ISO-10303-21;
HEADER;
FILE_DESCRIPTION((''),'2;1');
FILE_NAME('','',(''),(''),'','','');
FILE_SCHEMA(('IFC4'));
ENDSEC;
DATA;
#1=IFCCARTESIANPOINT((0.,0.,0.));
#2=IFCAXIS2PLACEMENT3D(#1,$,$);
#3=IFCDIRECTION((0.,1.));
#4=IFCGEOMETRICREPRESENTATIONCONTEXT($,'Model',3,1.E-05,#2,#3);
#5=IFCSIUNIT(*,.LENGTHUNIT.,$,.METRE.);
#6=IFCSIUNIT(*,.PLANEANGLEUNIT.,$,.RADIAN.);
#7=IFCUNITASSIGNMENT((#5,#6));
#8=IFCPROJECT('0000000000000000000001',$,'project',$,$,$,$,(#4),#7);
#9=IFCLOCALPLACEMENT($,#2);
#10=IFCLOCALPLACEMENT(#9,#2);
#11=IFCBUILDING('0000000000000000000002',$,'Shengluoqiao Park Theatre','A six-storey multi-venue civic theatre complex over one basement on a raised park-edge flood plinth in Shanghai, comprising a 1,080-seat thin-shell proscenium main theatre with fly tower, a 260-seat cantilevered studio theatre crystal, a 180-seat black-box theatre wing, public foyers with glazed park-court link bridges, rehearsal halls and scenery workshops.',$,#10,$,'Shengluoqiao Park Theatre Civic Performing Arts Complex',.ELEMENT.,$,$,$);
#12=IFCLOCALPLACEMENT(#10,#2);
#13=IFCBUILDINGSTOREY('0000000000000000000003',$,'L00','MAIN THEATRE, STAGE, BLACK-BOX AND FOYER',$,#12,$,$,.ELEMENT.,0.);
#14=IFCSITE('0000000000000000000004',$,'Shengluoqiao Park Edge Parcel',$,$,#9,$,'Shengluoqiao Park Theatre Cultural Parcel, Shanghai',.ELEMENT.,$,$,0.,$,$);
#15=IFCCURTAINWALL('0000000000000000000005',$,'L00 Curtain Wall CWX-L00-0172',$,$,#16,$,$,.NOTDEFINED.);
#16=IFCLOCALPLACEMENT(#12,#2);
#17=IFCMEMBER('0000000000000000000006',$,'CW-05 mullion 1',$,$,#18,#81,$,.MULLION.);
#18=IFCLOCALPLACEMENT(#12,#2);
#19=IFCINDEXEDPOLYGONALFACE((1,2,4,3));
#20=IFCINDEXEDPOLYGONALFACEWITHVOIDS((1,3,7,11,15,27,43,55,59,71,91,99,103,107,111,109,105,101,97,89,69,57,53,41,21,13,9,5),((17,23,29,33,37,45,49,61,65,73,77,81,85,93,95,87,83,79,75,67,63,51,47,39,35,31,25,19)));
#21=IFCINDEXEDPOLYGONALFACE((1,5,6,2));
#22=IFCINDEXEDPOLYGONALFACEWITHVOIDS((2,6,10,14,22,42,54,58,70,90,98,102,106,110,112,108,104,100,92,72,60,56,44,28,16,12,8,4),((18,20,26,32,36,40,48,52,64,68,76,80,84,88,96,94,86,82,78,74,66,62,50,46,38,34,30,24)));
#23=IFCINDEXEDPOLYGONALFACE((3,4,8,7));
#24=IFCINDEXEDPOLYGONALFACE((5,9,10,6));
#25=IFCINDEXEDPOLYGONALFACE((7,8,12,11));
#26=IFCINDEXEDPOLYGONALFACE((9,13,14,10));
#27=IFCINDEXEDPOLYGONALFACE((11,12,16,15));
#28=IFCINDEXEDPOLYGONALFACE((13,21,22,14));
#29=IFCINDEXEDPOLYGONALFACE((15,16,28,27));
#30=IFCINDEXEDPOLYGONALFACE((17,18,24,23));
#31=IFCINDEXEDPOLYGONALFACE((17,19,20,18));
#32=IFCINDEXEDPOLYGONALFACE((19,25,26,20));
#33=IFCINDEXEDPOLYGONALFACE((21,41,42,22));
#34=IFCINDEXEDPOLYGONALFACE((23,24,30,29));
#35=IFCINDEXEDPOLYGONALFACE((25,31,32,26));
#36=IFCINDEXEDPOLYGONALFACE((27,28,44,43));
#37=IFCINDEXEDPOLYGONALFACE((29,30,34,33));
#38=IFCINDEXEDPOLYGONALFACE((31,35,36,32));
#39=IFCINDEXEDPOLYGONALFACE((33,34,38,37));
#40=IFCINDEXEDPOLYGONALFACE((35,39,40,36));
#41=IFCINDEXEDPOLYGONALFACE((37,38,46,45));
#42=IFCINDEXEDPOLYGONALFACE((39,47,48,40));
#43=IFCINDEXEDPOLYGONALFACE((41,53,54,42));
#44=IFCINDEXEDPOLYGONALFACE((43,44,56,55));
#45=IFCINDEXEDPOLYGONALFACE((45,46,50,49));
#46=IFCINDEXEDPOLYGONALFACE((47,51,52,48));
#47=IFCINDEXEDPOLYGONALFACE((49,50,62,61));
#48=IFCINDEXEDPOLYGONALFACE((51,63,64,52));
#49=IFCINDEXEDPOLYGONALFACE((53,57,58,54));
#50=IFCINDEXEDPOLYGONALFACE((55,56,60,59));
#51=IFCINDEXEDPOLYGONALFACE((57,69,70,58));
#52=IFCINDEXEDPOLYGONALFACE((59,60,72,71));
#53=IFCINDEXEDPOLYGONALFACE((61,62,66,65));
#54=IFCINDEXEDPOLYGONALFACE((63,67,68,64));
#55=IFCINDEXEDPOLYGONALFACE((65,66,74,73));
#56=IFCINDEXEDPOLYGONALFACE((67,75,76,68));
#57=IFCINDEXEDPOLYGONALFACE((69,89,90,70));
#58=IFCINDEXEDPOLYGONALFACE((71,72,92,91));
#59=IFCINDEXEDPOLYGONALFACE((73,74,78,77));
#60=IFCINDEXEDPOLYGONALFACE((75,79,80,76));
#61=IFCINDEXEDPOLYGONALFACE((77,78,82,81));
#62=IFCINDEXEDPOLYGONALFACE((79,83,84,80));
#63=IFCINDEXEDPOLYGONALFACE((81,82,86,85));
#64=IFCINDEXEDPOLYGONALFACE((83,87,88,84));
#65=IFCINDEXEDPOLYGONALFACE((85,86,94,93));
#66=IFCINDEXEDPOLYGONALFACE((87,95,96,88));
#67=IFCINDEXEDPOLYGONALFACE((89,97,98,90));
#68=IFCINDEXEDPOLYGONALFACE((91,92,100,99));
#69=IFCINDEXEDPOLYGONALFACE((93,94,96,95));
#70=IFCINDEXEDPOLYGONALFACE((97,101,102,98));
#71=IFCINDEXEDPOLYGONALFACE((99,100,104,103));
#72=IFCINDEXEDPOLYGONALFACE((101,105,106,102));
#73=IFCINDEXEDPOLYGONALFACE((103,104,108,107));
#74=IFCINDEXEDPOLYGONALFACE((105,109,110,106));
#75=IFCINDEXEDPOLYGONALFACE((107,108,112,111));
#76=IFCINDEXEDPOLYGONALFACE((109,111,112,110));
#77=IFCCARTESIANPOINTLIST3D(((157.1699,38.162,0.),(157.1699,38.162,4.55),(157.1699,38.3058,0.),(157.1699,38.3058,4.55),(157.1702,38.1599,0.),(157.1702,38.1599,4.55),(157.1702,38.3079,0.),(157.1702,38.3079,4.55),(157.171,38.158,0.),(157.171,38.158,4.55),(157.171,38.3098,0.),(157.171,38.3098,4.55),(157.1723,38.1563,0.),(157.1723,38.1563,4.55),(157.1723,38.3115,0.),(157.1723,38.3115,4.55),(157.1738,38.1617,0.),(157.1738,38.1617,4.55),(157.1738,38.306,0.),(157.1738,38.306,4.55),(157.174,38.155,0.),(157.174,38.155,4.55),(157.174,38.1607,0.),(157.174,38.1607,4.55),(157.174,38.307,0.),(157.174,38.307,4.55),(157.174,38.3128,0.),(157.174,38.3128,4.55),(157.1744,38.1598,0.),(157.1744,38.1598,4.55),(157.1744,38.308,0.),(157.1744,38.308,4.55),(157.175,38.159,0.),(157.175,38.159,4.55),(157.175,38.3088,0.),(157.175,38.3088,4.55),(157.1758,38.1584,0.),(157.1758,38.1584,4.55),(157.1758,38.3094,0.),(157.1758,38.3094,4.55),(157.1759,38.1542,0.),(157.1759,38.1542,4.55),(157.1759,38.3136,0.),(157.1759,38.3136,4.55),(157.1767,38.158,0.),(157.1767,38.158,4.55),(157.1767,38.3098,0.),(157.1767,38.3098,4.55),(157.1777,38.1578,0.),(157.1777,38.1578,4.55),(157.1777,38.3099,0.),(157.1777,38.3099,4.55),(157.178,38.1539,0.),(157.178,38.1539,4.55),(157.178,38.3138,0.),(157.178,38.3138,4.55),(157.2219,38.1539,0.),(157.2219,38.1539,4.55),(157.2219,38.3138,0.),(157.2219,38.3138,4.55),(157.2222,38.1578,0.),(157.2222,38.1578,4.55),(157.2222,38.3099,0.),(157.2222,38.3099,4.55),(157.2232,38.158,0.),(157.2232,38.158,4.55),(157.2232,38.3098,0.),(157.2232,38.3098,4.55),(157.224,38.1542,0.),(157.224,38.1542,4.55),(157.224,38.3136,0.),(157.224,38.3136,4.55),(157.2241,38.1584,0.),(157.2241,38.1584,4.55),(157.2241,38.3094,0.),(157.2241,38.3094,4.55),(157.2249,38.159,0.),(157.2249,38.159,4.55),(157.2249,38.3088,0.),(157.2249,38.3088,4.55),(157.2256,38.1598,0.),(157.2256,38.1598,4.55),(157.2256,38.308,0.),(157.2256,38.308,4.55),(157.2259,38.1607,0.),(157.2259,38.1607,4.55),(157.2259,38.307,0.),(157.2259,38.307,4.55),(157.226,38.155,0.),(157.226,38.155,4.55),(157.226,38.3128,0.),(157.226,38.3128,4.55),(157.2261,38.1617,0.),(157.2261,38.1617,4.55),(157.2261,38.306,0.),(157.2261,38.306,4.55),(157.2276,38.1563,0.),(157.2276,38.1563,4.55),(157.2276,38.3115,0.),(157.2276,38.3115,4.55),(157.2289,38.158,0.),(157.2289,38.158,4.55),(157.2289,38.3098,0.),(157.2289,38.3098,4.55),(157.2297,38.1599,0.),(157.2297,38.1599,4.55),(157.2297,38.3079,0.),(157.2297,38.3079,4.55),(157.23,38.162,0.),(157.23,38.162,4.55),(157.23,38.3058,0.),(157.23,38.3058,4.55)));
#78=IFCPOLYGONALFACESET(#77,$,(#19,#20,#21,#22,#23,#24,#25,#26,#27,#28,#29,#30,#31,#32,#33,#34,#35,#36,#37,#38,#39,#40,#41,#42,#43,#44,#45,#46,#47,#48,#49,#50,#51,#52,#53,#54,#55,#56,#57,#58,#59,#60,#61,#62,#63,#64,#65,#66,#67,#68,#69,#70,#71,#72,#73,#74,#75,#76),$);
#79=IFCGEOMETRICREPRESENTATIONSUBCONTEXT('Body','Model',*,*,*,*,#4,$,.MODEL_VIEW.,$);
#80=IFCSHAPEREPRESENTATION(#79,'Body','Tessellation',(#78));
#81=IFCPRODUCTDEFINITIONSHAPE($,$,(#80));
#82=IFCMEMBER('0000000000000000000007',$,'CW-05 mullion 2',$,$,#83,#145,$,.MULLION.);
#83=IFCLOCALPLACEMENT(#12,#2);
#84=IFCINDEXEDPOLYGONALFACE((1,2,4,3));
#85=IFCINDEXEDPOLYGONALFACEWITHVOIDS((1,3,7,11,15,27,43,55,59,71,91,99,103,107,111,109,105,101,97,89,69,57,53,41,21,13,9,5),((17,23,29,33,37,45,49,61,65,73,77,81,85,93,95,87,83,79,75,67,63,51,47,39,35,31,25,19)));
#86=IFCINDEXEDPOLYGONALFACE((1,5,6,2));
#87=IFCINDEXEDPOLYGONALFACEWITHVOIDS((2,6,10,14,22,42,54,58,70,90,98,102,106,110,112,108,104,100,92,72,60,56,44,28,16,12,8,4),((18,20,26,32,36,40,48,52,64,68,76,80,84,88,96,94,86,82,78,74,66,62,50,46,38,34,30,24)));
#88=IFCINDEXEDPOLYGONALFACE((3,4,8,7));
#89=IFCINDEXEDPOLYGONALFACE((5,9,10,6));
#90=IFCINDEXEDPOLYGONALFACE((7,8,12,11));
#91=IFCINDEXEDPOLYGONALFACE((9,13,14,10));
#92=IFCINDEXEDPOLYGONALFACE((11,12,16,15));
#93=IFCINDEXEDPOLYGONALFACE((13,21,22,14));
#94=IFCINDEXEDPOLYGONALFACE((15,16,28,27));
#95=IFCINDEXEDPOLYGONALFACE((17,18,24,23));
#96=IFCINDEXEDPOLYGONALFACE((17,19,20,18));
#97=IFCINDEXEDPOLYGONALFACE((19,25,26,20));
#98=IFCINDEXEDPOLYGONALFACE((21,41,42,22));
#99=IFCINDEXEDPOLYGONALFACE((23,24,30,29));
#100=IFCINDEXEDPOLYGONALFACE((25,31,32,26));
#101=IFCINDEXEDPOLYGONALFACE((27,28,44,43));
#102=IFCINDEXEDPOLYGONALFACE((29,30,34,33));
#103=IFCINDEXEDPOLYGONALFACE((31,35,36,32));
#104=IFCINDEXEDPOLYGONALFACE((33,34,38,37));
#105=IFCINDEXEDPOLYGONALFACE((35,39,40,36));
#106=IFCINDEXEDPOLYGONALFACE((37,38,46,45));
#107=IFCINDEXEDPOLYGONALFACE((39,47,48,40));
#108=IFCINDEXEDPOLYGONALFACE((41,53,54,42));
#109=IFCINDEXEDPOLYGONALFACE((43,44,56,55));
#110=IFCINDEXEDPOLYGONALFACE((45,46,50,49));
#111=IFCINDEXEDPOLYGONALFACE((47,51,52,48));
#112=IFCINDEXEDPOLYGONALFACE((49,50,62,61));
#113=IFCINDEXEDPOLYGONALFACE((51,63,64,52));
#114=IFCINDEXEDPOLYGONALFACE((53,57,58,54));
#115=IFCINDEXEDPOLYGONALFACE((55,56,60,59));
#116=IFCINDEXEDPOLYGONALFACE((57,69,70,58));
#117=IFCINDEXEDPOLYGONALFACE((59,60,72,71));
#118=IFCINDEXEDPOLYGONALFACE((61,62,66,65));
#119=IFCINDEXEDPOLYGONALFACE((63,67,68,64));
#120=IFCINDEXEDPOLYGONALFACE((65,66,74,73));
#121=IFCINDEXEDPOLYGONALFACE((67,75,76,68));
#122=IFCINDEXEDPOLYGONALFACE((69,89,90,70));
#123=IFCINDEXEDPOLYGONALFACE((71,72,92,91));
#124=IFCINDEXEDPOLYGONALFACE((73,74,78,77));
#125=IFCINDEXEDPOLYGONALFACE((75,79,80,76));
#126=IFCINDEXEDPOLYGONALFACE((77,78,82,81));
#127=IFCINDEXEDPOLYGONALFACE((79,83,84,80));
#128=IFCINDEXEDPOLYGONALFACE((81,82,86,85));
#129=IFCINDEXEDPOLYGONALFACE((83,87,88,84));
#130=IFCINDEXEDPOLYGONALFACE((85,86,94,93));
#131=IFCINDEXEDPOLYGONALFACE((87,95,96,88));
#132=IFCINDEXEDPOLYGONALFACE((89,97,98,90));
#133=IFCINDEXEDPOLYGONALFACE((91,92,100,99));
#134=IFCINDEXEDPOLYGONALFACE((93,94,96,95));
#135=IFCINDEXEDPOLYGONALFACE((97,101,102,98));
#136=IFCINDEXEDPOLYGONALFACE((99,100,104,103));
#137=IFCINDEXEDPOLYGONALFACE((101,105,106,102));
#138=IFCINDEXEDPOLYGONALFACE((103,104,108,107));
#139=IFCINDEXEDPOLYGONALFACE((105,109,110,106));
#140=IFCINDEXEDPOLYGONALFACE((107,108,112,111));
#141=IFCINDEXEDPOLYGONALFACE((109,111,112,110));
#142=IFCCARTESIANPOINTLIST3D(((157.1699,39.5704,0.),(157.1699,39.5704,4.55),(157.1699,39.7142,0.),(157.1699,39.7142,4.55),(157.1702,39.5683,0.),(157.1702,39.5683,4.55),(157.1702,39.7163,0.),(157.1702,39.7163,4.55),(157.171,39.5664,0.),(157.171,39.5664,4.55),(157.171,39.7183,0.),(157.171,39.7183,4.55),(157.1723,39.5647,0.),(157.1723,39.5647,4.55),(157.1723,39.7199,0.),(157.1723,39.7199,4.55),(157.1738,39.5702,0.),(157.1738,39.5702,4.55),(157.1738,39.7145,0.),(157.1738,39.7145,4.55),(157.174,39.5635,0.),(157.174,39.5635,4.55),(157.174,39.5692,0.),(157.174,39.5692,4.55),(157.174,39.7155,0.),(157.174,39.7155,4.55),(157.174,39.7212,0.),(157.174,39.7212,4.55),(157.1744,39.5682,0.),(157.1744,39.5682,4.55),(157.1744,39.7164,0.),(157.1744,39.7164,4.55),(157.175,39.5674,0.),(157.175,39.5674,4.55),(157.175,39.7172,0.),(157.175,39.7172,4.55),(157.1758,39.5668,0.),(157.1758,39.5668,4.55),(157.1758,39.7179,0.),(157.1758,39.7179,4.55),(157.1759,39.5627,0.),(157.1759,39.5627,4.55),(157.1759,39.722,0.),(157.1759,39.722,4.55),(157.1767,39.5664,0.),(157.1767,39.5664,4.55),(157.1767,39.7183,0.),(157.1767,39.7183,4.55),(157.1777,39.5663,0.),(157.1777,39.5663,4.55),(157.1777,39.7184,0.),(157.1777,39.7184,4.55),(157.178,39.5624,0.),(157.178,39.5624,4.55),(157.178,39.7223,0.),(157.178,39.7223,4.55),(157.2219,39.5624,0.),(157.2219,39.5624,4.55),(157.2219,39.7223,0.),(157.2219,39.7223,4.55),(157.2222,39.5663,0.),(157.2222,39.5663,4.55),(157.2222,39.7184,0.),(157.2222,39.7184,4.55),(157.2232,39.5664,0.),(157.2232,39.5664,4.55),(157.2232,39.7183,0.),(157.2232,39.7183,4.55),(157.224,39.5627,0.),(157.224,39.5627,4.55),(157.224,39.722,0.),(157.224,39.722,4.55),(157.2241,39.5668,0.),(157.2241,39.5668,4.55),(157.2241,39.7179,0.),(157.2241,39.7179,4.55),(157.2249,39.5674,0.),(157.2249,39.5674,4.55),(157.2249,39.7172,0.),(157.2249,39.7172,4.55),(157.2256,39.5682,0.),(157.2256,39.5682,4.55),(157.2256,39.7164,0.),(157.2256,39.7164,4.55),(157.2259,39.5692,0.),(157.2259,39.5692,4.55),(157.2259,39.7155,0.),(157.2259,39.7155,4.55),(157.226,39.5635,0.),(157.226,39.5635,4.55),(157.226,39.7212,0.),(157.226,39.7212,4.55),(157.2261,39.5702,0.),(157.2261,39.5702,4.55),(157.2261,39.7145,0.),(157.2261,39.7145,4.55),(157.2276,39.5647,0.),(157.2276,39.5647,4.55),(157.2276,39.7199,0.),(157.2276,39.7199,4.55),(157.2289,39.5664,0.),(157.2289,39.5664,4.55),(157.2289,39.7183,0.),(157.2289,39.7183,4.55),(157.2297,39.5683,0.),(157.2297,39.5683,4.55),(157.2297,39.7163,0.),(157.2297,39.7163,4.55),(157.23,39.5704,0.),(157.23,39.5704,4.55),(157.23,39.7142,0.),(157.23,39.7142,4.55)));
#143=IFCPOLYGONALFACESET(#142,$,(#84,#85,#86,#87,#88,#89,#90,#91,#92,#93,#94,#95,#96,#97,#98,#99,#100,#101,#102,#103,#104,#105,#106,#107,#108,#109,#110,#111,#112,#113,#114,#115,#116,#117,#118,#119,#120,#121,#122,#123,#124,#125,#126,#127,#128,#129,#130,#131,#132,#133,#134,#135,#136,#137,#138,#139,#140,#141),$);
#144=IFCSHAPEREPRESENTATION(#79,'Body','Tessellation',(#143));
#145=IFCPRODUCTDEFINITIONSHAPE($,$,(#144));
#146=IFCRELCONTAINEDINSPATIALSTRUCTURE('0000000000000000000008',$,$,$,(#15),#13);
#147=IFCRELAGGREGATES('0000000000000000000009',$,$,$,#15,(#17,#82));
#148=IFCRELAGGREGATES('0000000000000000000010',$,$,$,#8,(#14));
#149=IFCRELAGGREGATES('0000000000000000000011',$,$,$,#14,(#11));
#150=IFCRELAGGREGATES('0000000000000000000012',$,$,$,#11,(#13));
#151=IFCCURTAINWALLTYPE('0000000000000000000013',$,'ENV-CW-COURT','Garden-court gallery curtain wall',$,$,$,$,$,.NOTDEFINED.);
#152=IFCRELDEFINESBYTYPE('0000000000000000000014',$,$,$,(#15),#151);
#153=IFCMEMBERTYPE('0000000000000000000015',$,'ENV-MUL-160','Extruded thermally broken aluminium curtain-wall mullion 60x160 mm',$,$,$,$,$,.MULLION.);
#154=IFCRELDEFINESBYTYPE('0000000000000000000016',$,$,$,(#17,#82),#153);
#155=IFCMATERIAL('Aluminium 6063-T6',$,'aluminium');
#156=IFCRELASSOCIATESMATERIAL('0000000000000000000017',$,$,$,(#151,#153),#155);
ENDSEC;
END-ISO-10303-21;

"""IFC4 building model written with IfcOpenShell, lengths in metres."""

from ifc_helpers import new_model, si_unit, direction, frame, origin, origin_2d, place, context, subcontext, project, spatial, hollow_rectangle, extrude, material, material_profile, profile_set, type_object, element, aggregate, save


model = new_model("IFC4")

# Units and contexts
model_context = context("Model", 3, precision=1e-05, world=origin(), true_north=direction((0.0, 1.0)))
body_context = subcontext(model_context, "Body", "Model", "MODEL_VIEW")
ifc_project = project(units=[si_unit("LENGTHUNIT", "METRE"), si_unit("PLANEANGLEUNIT", "RADIAN")], contexts=[model_context])

# Site, building, storey
site_placement = place(None, origin())
site = spatial("IfcSite", under=ifc_project, at=site_placement, Name="Shengluoqiao Park Edge Parcel", LongName="Shengluoqiao Park Theatre Cultural Parcel, Shanghai", CompositionType="ELEMENT", RefElevation=0.0)
building_placement = place(site_placement, origin())
building = spatial("IfcBuilding", under=site, at=building_placement, Name="Shengluoqiao Park Theatre", Description="A six-storey multi-venue civic theatre complex over one basement on a raised park-edge flood plinth in Shanghai, comprising a 1,080-seat thin-shell proscenium main theatre with fly tower, a 260-seat cantilevered studio theatre crystal, a 180-seat black-box theatre wing, public foyers with glazed park-court link bridges, rehearsal halls and scenery workshops.", LongName="Shengluoqiao Park Theatre Civic Performing Arts Complex", CompositionType="ELEMENT")
storey_placement = place(building_placement, origin())
storey = spatial("IfcBuildingStorey", under=building, at=storey_placement, Name="L00", Description="MAIN THEATRE, STAGE, BLACK-BOX AND FOYER", CompositionType="ELEMENT", Elevation=0.0)

# Shared definitions
ifc_material_1 = material(Name="Aluminium 6063-T6", Category="aluminium")
curtain_wall_type = type_object("IfcCurtainWallType", Name="ENV-CW-COURT", Description="Garden-court gallery curtain wall", PredefinedType="NOTDEFINED", material=ifc_material_1)
ifc_material_profile_1 = material_profile(ifc_material_1, hollow_rectangle(XDim=0.0601, YDim=0.1599, WallThickness=0.0039, InnerFilletRadius=0.0039, OuterFilletRadius=0.0081, at=origin_2d()), Name="ALU MULLION 160x60x4")
ifc_profile_set_1 = profile_set([ifc_material_profile_1], Name="Aluminium 6063-T6")
member_type_1 = type_object("IfcMemberType", Name="ENV-MUL-160", Description="Extruded thermally broken aluminium curtain-wall mullion 60x160 mm", PredefinedType="MULLION", material=ifc_profile_set_1)

# Curtain wall, members
curtain_wall_1_placement = place(storey_placement, origin())
curtain_wall_1 = element("IfcCurtainWall", 1, at=curtain_wall_1_placement, inside=storey, type_object=curtain_wall_type, Name="L00 Curtain Wall CWX-L00-0172", PredefinedType="NOTDEFINED")
member_1_placement = place(storey_placement, frame((157.2, 38.2339, 0.0), z_axis=(0.0, 0.0, 1.0), x_axis=(-1.0, 0.0, 0.0)))
member_1 = element("IfcMember", 2, at=member_1_placement, type_object=member_type_1, Name="CW-05 mullion 1", PredefinedType="MULLION", context=body_context, shape_type="SweptSolid", body=[
    extrude(hollow_rectangle(XDim=0.0601, YDim=0.1599, WallThickness=0.0039, InnerFilletRadius=0.0039, OuterFilletRadius=0.0081, at=origin_2d()), origin(), (0.0, 0.0, 1.0), 4.55),
])
member_2_placement = place(storey_placement, frame((157.2, 39.6423, 0.0), z_axis=(0.0, 0.0, 1.0), x_axis=(-1.0, 0.0, 0.0)))
member_2 = element("IfcMember", 3, at=member_2_placement, type_object=member_type_1, Name="CW-05 mullion 2", PredefinedType="MULLION", context=body_context, shape_type="SweptSolid", body=[
    extrude(hollow_rectangle(XDim=0.0601, YDim=0.1599, WallThickness=0.0039, InnerFilletRadius=0.0039, OuterFilletRadius=0.0081, at=origin_2d()), origin(), (0.0, 0.0, 1.0), 4.55),
])

aggregate(curtain_wall_1, [member_1, member_2])

save(model, "model.ifc")
